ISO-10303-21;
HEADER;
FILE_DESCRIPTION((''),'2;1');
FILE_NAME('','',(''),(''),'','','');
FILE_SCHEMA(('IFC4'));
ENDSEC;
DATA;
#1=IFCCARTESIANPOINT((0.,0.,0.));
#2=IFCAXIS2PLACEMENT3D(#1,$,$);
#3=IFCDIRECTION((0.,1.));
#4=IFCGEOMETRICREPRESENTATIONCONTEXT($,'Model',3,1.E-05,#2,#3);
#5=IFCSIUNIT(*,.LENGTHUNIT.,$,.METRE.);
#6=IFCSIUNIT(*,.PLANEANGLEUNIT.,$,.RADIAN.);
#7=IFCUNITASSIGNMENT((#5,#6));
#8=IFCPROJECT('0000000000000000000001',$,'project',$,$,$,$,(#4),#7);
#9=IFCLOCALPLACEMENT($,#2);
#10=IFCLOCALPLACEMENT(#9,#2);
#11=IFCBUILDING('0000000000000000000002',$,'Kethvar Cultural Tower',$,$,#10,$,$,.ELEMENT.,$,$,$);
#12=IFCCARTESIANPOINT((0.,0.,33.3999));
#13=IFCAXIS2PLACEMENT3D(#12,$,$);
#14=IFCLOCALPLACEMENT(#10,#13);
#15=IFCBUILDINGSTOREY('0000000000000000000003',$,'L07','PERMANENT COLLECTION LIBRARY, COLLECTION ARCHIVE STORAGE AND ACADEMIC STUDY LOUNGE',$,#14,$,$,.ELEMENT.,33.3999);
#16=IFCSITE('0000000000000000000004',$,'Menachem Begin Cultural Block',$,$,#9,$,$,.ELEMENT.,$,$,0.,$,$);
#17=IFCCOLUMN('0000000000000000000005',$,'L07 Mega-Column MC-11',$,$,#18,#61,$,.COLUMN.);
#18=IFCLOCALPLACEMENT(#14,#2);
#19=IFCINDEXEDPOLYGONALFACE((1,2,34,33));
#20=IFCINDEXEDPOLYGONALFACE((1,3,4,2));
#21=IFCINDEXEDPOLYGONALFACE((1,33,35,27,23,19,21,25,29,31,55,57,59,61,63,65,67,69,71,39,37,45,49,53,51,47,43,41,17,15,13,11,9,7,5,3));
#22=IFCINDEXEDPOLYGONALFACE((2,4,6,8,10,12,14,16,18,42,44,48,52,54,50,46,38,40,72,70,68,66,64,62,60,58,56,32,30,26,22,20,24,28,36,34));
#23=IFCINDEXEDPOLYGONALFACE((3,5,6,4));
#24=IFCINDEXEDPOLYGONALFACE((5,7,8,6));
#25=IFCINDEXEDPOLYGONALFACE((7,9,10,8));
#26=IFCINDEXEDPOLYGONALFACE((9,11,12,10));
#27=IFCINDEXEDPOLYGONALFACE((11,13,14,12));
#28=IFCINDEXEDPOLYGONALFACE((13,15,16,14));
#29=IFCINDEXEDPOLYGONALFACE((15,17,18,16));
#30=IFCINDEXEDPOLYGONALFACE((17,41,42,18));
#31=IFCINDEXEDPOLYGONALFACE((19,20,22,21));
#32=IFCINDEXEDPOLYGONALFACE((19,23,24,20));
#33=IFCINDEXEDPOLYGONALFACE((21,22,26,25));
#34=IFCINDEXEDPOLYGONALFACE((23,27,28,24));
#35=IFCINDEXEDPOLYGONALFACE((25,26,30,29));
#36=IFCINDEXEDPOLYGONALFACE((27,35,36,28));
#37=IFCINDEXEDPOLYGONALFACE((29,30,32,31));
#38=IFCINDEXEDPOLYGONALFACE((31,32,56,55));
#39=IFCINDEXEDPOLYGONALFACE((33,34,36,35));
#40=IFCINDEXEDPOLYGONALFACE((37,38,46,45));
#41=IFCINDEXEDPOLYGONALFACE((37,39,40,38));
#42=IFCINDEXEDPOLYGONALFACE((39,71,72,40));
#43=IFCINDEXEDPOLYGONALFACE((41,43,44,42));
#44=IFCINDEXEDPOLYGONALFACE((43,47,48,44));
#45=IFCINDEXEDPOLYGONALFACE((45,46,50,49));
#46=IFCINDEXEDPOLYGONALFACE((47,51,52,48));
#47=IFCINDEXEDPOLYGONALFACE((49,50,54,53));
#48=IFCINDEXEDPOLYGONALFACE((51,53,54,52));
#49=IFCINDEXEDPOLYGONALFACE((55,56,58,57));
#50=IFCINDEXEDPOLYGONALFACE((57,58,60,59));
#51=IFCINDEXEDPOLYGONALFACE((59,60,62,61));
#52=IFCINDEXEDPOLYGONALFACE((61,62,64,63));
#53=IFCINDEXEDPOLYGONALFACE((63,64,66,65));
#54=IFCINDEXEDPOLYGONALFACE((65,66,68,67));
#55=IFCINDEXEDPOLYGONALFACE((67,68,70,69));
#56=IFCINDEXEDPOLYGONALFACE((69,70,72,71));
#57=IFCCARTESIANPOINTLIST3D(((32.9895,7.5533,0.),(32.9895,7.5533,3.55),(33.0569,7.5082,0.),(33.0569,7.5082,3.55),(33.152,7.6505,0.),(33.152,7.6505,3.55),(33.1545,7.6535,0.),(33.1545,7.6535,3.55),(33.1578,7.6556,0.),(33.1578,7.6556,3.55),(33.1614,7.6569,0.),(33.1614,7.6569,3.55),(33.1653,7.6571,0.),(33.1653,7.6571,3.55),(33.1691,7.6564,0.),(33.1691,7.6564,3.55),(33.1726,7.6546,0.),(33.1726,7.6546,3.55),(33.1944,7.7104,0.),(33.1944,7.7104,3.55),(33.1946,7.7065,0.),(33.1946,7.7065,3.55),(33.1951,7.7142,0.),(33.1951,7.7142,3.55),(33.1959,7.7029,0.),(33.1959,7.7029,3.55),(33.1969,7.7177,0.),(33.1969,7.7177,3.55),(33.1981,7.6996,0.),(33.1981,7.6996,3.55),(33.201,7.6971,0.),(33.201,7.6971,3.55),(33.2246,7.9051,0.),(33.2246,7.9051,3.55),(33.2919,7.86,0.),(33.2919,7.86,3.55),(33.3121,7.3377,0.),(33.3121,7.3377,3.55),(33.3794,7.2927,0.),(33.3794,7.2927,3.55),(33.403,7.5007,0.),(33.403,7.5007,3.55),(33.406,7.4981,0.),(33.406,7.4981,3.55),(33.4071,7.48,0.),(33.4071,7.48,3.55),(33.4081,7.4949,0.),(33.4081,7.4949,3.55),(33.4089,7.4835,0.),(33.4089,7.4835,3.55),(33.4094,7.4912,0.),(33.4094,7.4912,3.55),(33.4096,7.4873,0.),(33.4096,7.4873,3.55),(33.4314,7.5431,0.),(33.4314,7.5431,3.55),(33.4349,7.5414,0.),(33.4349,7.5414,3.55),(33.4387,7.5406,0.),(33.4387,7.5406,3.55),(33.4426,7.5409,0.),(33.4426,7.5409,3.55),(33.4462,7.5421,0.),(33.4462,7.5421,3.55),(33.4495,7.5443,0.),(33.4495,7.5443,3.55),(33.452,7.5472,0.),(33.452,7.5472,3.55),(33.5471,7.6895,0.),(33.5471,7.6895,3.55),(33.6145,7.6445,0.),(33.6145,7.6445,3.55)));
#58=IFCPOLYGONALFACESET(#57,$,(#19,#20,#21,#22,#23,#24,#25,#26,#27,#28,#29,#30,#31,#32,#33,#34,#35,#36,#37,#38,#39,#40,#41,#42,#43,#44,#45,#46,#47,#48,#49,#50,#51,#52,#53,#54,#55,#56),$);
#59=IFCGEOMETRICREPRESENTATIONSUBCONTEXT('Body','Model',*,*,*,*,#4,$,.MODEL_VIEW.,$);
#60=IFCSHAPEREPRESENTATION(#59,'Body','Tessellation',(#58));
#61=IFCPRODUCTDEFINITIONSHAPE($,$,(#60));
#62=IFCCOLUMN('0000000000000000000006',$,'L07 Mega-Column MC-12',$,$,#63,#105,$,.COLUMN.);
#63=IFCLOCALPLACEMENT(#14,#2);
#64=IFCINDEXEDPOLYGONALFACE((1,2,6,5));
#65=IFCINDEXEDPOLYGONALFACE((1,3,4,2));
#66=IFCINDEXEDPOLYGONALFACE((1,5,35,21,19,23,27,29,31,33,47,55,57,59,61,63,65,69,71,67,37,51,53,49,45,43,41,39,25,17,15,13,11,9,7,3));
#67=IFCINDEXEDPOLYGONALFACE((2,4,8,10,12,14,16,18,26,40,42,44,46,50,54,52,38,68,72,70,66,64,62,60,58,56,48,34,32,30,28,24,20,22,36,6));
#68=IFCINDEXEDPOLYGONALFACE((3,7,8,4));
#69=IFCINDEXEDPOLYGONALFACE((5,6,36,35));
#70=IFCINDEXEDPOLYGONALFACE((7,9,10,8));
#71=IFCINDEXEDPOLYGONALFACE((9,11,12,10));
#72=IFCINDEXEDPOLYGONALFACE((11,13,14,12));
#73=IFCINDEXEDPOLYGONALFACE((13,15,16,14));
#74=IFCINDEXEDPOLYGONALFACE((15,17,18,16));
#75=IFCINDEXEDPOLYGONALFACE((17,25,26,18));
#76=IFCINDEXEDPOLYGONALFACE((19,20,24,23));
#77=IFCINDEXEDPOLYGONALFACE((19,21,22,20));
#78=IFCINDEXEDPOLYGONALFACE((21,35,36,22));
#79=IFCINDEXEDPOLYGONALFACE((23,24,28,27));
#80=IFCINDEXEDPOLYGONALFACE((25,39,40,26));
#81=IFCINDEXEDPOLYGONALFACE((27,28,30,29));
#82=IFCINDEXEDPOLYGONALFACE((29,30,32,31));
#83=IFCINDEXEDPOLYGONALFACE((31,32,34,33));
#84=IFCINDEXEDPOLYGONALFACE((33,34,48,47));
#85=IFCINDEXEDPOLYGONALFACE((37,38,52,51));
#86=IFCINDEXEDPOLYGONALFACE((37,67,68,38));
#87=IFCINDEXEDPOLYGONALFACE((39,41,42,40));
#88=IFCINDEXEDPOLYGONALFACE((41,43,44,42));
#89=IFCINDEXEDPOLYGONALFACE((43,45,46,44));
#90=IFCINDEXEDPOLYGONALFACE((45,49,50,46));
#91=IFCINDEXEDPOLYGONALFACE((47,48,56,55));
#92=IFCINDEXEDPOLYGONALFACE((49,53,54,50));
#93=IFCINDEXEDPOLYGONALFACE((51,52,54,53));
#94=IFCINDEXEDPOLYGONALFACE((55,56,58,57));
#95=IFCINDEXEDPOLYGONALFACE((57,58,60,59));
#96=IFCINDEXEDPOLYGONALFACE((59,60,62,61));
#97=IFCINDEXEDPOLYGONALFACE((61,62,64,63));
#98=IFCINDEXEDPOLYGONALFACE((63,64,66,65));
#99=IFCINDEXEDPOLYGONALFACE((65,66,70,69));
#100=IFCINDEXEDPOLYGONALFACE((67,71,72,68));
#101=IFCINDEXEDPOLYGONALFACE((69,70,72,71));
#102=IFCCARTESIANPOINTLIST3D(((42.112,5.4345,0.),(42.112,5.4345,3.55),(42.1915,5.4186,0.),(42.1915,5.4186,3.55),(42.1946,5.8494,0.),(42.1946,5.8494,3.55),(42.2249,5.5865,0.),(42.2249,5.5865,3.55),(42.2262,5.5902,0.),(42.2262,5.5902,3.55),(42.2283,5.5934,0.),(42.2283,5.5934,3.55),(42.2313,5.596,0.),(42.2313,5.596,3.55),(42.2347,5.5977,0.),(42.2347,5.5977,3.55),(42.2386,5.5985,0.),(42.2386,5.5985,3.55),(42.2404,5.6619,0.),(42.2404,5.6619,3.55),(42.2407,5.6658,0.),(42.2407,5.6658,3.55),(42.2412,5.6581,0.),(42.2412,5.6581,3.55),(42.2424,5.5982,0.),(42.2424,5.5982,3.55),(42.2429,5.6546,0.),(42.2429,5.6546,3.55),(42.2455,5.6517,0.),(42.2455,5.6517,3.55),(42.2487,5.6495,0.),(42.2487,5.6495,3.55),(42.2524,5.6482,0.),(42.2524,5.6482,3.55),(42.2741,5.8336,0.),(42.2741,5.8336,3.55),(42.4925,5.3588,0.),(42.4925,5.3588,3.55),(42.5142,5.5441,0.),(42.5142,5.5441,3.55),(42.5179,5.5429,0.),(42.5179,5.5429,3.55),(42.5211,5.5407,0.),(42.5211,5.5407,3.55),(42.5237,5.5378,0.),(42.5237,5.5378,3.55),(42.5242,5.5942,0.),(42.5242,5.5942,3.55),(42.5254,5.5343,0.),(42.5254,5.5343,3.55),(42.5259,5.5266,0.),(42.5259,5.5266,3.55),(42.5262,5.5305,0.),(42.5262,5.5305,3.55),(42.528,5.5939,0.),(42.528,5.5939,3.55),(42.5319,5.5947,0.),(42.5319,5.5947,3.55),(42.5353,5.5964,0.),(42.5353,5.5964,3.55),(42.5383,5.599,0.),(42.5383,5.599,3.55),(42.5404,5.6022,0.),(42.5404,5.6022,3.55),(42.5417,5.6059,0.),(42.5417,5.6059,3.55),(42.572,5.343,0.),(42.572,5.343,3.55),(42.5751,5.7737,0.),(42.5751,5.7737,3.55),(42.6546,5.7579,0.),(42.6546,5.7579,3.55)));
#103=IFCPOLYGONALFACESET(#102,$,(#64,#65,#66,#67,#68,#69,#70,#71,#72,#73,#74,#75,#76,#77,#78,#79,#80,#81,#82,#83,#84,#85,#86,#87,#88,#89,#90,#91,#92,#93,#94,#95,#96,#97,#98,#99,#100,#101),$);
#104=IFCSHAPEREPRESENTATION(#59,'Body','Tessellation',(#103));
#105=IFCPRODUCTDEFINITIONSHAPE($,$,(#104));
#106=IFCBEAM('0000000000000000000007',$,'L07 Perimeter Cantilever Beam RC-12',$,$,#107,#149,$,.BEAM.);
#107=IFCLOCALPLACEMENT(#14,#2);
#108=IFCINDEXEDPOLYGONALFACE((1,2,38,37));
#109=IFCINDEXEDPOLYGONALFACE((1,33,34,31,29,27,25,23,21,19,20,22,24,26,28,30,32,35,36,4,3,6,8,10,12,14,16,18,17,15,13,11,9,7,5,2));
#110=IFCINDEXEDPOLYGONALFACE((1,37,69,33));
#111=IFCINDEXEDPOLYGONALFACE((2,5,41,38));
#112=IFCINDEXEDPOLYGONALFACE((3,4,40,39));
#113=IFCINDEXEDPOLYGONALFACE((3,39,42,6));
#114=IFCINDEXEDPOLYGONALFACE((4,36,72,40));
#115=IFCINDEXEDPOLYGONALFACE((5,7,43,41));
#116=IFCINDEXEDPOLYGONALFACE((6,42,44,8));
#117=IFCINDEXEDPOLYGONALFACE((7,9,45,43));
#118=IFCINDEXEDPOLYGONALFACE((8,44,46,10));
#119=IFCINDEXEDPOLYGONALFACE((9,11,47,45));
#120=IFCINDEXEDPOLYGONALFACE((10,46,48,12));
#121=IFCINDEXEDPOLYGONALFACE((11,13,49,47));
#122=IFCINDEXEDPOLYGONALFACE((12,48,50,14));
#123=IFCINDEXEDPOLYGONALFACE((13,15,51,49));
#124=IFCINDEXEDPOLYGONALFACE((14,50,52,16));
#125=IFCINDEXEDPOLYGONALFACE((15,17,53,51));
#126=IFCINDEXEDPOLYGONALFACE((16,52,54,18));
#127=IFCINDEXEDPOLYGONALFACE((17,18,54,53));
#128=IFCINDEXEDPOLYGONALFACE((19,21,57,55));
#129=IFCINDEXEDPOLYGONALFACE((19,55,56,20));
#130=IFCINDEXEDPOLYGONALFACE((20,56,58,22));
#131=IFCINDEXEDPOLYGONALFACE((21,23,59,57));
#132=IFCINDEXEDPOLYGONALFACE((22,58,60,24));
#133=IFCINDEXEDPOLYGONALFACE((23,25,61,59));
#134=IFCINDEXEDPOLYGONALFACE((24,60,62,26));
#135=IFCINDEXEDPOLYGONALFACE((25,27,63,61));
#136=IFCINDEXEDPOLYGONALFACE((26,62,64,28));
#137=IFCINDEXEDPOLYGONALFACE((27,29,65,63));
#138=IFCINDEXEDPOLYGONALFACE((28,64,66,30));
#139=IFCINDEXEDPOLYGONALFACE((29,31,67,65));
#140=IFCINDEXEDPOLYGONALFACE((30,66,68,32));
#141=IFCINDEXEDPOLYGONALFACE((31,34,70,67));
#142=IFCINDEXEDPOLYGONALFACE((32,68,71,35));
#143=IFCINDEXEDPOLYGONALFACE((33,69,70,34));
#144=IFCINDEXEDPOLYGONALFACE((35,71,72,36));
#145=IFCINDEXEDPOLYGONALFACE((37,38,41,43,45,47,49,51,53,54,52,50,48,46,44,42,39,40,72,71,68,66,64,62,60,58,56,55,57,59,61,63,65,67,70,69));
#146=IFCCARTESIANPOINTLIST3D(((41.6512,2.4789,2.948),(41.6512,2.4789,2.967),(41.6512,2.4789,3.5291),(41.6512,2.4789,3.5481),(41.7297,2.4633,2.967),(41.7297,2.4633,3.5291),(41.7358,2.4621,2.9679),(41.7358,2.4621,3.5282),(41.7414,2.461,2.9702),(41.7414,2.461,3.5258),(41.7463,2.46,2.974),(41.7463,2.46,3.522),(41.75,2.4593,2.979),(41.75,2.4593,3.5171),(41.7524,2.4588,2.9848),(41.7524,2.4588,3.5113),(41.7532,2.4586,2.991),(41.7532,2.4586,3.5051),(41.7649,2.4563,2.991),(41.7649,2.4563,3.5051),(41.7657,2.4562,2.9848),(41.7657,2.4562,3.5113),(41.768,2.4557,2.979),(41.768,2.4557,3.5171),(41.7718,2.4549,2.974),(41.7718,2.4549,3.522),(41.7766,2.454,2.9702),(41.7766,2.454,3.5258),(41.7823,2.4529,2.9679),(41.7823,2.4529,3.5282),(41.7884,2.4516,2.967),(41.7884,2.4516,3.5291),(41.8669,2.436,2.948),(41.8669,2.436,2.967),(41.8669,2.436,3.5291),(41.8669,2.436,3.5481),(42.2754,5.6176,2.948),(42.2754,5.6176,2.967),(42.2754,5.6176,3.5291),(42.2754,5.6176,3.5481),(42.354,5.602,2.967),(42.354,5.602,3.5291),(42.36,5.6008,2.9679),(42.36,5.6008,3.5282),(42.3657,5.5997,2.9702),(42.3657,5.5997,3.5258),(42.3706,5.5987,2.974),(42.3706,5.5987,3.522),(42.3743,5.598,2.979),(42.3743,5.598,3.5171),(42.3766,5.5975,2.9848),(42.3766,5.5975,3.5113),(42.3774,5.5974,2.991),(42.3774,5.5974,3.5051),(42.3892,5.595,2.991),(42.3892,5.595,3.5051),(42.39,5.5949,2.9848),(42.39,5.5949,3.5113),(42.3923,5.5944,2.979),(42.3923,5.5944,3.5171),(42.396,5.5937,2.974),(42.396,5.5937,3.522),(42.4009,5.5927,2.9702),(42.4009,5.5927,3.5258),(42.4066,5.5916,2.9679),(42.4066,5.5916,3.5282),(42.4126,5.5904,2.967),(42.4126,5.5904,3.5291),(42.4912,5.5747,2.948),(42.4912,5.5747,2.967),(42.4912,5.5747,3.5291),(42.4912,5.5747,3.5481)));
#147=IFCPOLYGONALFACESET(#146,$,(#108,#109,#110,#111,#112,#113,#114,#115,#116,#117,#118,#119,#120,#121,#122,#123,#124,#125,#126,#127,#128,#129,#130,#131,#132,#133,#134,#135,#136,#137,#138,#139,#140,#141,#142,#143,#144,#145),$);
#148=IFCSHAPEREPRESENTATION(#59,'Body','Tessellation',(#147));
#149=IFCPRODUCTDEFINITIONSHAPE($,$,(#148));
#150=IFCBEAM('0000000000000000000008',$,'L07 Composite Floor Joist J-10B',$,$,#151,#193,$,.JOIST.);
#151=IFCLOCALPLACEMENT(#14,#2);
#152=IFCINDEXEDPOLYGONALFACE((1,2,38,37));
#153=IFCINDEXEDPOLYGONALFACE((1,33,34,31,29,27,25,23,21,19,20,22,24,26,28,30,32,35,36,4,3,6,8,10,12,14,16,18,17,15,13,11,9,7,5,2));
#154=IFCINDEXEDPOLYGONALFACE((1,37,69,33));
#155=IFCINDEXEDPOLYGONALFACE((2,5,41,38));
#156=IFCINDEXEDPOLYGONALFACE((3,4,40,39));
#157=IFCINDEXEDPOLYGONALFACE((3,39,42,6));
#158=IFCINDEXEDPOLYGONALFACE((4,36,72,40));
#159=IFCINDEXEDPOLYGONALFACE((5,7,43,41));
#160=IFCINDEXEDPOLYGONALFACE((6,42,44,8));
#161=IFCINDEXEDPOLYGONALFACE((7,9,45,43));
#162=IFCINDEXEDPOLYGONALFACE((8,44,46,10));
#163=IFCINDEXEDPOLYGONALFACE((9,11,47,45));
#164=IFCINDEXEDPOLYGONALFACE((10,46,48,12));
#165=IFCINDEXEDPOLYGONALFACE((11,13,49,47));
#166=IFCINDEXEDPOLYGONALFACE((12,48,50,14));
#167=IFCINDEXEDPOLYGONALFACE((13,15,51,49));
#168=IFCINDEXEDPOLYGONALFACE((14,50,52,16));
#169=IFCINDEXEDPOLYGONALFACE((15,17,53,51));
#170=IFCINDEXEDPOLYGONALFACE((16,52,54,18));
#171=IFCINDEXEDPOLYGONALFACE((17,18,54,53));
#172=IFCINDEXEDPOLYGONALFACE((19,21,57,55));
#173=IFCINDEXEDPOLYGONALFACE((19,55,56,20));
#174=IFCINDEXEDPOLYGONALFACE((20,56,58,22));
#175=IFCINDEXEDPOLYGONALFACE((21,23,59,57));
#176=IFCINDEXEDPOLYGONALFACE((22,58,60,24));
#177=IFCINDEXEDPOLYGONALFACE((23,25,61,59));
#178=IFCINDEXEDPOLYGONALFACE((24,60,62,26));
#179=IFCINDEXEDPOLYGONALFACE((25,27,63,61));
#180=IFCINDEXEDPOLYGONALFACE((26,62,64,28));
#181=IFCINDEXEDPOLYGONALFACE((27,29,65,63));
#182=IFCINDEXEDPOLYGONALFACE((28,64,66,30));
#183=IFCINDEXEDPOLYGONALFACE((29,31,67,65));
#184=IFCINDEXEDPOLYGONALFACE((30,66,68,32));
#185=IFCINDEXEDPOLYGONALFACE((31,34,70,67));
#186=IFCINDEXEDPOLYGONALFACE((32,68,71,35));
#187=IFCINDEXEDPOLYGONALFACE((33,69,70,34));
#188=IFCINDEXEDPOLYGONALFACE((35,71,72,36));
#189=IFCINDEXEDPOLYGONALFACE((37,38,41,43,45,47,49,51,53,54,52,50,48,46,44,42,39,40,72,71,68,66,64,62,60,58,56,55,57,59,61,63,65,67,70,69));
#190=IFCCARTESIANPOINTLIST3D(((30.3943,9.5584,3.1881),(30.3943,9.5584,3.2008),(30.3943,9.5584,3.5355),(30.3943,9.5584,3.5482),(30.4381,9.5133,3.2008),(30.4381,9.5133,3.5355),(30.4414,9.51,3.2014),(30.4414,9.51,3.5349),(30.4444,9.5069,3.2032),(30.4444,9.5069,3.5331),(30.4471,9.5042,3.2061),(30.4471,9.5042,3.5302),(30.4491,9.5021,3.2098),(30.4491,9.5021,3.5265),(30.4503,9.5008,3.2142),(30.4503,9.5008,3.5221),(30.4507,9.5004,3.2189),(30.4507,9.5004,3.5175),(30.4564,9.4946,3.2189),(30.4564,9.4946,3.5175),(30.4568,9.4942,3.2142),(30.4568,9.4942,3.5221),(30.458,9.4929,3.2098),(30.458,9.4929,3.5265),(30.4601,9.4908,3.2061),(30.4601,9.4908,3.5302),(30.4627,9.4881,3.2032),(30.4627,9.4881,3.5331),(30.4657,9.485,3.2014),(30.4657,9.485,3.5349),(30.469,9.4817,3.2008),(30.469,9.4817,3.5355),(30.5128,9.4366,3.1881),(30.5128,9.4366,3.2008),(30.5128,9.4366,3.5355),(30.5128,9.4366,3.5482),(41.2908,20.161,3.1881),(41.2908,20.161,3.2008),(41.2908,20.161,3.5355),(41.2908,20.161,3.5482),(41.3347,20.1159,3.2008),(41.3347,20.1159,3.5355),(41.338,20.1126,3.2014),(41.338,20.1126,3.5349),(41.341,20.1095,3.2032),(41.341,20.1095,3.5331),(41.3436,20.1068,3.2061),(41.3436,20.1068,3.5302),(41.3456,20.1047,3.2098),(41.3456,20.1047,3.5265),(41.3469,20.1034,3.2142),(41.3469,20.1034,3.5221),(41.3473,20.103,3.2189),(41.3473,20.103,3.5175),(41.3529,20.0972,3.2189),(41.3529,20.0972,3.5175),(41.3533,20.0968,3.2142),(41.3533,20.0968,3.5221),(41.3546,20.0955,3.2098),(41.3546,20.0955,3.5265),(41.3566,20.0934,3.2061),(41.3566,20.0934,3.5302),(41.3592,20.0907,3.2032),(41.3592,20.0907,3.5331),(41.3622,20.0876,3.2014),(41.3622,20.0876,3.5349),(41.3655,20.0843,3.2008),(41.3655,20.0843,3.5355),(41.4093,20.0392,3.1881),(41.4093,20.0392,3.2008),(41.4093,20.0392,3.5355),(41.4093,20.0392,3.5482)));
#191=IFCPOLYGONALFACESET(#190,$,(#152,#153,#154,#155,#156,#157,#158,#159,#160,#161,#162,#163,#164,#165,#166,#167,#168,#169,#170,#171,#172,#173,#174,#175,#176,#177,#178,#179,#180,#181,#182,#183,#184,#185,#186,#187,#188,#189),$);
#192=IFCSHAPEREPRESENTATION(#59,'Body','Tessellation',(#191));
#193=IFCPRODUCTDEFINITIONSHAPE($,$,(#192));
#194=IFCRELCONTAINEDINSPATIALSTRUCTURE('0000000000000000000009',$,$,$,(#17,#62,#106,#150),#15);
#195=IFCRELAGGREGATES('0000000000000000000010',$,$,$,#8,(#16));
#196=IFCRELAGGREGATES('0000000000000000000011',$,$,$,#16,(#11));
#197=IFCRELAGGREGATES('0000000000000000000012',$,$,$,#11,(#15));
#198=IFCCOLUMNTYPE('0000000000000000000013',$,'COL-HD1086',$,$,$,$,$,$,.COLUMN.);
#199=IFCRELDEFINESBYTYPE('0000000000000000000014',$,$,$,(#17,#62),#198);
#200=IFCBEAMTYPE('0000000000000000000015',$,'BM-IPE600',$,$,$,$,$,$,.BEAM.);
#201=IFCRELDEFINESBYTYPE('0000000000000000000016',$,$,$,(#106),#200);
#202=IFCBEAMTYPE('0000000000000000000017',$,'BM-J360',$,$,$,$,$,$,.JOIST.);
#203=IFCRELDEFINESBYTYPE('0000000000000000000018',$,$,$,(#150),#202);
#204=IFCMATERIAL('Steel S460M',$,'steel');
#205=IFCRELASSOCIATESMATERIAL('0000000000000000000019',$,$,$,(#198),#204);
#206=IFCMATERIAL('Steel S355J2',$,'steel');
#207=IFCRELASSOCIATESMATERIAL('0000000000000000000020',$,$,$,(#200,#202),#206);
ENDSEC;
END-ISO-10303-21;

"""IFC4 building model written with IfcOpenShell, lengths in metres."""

from ifc_helpers import new_model, si_unit, direction, frame, origin, origin_2d, place, context, subcontext, project, spatial, i_section, extrude, source, transform, mapped, material, material_profile, profile_set, type_object, element, save


model = new_model("IFC4")

# Units and contexts
model_context = context("Model", 3, precision=1e-05, world=origin(), true_north=direction((0.0, 1.0)))
body_context = subcontext(model_context, "Body", "Model", "MODEL_VIEW")
ifc_project = project(units=[si_unit("LENGTHUNIT", "METRE"), si_unit("PLANEANGLEUNIT", "RADIAN")], contexts=[model_context])

# Site, building, storey
site_placement = place(None, origin())
site = spatial("IfcSite", under=ifc_project, at=site_placement, Name="Menachem Begin Cultural Block", CompositionType="ELEMENT", RefElevation=0.0)
building_placement = place(site_placement, origin())
building = spatial("IfcBuilding", under=site, at=building_placement, Name="Kethvar Cultural Tower", CompositionType="ELEMENT")
storey_placement = place(building_placement, frame((0.0, 0.0, 33.3999)))
storey = spatial("IfcBuildingStorey", under=building, at=storey_placement, Name="L07", Description="PERMANENT COLLECTION LIBRARY, COLLECTION ARCHIVE STORAGE AND ACADEMIC STUDY LOUNGE", CompositionType="ELEMENT", Elevation=33.3999)

# Columns
ifc_material_1 = material(Name="Steel S460M", Category="steel")
ifc_material_profile_1 = material_profile(ifc_material_1, i_section(OverallWidth=0.4231, OverallDepth=0.469, WebThickness=0.051, FlangeThickness=0.0811, FilletRadius=0.0149, at=origin_2d()), Name="Steel S460M — HD400x1086")
ifc_profile_set_1 = profile_set([ifc_material_profile_1], Name="Steel S460M — HD400x1086")
column_type = type_object("IfcColumnType", Name="COL-HD1086", PredefinedType="COLUMN", material=ifc_profile_set_1)
shared_shape_1 = source(origin(), body_context, "Body", "SweptSolid", [
    extrude(i_section(OverallWidth=0.4231, OverallDepth=0.469, WebThickness=0.051, FlangeThickness=0.0811, FilletRadius=0.0149, at=origin_2d()), origin(), (0.0, 0.0, 1.0), 3.55),
])
for number, where, z_axis, x_axis, name in (
    (1, (33.302, 7.5989, 0.0), (0.0, 0.0, 1.0), (-0.55557, -0.83147, 0.0), "L07 Mega-Column MC-11"),
    (2, (42.3833, 5.5962, 0.0), (0.0, 0.0, 1.0), (-0.19509, -0.980785, 0.0), "L07 Mega-Column MC-12"),
):
    element("IfcColumn", number, at=place(storey_placement, frame(where, z_axis=z_axis, x_axis=x_axis)), inside=storey, type_object=column_type, Name=name, PredefinedType="COLUMN", context=body_context, shape_type="MappedRepresentation", body=[
        mapped(shared_shape_1, transform((0.0, 0.0, 0.0), scale=1.0)),
    ])

# Beams
ifc_material_2 = material(Name="Steel S355J2", Category="steel")
ifc_material_profile_2 = material_profile(ifc_material_2, i_section(OverallWidth=0.22, OverallDepth=0.6001, WebThickness=0.012, FlangeThickness=0.019, FilletRadius=0.0239, at=origin_2d()), Name="Steel S355J2 — IPE600")
ifc_profile_set_2 = profile_set([ifc_material_profile_2], Name="Steel S355J2 — IPE600")
beam_type_1 = type_object("IfcBeamType", Name="BM-IPE600", PredefinedType="BEAM", material=ifc_profile_set_2)
shared_shape_2 = source(origin(), body_context, "Body", "SweptSolid", [
    extrude(i_section(OverallWidth=0.22, OverallDepth=0.6001, WebThickness=0.012, FlangeThickness=0.019, FilletRadius=0.0239, at=origin_2d()), origin(), (0.0, 0.0, 1.0), 3.2002),
])
beam_1_placement = place(storey_placement, frame((42.3833, 5.5962, 3.248), z_axis=(-0.195074, -0.980788, 0.0), x_axis=(0.980788, -0.195074, 0.0)))
element("IfcBeam", 3, at=beam_1_placement, inside=storey, type_object=beam_type_1, Name="L07 Perimeter Cantilever Beam RC-12", PredefinedType="BEAM", context=body_context, shape_type="MappedRepresentation", body=[
    mapped(shared_shape_2, transform((0.0, 0.0, 0.0), scale=1.0)),
])
ifc_material_profile_3 = material_profile(ifc_material_2, i_section(OverallWidth=0.1699, OverallDepth=0.3601, WebThickness=0.0081, FlangeThickness=0.0127, FilletRadius=0.0181, at=origin_2d()), Name="Steel S355J2 — IPE360")
ifc_profile_set_3 = profile_set([ifc_material_profile_3], Name="Steel S355J2 — IPE360")
beam_type_2 = type_object("IfcBeamType", Name="BM-J360", PredefinedType="JOIST", material=ifc_profile_set_3)
shared_shape_3 = source(origin(), body_context, "Body", "SweptSolid", [
    extrude(i_section(OverallWidth=0.1699, OverallDepth=0.3601, WebThickness=0.0081, FlangeThickness=0.0127, FilletRadius=0.0181, at=origin_2d()), origin(), (0.0, 0.0, 1.0), 15.2036),
])
beam_2_placement = place(storey_placement, frame((41.3501, 20.1001, 3.3682), z_axis=(-0.716708, -0.697374, 0.0), x_axis=(0.697374, -0.716708, 0.0)))
element("IfcBeam", 4, at=beam_2_placement, inside=storey, type_object=beam_type_2, Name="L07 Composite Floor Joist J-10B", PredefinedType="JOIST", context=body_context, shape_type="MappedRepresentation", body=[
    mapped(shared_shape_3, transform((0.0, 0.0, 0.0), scale=1.0)),
])

save(model, "model.ifc")
